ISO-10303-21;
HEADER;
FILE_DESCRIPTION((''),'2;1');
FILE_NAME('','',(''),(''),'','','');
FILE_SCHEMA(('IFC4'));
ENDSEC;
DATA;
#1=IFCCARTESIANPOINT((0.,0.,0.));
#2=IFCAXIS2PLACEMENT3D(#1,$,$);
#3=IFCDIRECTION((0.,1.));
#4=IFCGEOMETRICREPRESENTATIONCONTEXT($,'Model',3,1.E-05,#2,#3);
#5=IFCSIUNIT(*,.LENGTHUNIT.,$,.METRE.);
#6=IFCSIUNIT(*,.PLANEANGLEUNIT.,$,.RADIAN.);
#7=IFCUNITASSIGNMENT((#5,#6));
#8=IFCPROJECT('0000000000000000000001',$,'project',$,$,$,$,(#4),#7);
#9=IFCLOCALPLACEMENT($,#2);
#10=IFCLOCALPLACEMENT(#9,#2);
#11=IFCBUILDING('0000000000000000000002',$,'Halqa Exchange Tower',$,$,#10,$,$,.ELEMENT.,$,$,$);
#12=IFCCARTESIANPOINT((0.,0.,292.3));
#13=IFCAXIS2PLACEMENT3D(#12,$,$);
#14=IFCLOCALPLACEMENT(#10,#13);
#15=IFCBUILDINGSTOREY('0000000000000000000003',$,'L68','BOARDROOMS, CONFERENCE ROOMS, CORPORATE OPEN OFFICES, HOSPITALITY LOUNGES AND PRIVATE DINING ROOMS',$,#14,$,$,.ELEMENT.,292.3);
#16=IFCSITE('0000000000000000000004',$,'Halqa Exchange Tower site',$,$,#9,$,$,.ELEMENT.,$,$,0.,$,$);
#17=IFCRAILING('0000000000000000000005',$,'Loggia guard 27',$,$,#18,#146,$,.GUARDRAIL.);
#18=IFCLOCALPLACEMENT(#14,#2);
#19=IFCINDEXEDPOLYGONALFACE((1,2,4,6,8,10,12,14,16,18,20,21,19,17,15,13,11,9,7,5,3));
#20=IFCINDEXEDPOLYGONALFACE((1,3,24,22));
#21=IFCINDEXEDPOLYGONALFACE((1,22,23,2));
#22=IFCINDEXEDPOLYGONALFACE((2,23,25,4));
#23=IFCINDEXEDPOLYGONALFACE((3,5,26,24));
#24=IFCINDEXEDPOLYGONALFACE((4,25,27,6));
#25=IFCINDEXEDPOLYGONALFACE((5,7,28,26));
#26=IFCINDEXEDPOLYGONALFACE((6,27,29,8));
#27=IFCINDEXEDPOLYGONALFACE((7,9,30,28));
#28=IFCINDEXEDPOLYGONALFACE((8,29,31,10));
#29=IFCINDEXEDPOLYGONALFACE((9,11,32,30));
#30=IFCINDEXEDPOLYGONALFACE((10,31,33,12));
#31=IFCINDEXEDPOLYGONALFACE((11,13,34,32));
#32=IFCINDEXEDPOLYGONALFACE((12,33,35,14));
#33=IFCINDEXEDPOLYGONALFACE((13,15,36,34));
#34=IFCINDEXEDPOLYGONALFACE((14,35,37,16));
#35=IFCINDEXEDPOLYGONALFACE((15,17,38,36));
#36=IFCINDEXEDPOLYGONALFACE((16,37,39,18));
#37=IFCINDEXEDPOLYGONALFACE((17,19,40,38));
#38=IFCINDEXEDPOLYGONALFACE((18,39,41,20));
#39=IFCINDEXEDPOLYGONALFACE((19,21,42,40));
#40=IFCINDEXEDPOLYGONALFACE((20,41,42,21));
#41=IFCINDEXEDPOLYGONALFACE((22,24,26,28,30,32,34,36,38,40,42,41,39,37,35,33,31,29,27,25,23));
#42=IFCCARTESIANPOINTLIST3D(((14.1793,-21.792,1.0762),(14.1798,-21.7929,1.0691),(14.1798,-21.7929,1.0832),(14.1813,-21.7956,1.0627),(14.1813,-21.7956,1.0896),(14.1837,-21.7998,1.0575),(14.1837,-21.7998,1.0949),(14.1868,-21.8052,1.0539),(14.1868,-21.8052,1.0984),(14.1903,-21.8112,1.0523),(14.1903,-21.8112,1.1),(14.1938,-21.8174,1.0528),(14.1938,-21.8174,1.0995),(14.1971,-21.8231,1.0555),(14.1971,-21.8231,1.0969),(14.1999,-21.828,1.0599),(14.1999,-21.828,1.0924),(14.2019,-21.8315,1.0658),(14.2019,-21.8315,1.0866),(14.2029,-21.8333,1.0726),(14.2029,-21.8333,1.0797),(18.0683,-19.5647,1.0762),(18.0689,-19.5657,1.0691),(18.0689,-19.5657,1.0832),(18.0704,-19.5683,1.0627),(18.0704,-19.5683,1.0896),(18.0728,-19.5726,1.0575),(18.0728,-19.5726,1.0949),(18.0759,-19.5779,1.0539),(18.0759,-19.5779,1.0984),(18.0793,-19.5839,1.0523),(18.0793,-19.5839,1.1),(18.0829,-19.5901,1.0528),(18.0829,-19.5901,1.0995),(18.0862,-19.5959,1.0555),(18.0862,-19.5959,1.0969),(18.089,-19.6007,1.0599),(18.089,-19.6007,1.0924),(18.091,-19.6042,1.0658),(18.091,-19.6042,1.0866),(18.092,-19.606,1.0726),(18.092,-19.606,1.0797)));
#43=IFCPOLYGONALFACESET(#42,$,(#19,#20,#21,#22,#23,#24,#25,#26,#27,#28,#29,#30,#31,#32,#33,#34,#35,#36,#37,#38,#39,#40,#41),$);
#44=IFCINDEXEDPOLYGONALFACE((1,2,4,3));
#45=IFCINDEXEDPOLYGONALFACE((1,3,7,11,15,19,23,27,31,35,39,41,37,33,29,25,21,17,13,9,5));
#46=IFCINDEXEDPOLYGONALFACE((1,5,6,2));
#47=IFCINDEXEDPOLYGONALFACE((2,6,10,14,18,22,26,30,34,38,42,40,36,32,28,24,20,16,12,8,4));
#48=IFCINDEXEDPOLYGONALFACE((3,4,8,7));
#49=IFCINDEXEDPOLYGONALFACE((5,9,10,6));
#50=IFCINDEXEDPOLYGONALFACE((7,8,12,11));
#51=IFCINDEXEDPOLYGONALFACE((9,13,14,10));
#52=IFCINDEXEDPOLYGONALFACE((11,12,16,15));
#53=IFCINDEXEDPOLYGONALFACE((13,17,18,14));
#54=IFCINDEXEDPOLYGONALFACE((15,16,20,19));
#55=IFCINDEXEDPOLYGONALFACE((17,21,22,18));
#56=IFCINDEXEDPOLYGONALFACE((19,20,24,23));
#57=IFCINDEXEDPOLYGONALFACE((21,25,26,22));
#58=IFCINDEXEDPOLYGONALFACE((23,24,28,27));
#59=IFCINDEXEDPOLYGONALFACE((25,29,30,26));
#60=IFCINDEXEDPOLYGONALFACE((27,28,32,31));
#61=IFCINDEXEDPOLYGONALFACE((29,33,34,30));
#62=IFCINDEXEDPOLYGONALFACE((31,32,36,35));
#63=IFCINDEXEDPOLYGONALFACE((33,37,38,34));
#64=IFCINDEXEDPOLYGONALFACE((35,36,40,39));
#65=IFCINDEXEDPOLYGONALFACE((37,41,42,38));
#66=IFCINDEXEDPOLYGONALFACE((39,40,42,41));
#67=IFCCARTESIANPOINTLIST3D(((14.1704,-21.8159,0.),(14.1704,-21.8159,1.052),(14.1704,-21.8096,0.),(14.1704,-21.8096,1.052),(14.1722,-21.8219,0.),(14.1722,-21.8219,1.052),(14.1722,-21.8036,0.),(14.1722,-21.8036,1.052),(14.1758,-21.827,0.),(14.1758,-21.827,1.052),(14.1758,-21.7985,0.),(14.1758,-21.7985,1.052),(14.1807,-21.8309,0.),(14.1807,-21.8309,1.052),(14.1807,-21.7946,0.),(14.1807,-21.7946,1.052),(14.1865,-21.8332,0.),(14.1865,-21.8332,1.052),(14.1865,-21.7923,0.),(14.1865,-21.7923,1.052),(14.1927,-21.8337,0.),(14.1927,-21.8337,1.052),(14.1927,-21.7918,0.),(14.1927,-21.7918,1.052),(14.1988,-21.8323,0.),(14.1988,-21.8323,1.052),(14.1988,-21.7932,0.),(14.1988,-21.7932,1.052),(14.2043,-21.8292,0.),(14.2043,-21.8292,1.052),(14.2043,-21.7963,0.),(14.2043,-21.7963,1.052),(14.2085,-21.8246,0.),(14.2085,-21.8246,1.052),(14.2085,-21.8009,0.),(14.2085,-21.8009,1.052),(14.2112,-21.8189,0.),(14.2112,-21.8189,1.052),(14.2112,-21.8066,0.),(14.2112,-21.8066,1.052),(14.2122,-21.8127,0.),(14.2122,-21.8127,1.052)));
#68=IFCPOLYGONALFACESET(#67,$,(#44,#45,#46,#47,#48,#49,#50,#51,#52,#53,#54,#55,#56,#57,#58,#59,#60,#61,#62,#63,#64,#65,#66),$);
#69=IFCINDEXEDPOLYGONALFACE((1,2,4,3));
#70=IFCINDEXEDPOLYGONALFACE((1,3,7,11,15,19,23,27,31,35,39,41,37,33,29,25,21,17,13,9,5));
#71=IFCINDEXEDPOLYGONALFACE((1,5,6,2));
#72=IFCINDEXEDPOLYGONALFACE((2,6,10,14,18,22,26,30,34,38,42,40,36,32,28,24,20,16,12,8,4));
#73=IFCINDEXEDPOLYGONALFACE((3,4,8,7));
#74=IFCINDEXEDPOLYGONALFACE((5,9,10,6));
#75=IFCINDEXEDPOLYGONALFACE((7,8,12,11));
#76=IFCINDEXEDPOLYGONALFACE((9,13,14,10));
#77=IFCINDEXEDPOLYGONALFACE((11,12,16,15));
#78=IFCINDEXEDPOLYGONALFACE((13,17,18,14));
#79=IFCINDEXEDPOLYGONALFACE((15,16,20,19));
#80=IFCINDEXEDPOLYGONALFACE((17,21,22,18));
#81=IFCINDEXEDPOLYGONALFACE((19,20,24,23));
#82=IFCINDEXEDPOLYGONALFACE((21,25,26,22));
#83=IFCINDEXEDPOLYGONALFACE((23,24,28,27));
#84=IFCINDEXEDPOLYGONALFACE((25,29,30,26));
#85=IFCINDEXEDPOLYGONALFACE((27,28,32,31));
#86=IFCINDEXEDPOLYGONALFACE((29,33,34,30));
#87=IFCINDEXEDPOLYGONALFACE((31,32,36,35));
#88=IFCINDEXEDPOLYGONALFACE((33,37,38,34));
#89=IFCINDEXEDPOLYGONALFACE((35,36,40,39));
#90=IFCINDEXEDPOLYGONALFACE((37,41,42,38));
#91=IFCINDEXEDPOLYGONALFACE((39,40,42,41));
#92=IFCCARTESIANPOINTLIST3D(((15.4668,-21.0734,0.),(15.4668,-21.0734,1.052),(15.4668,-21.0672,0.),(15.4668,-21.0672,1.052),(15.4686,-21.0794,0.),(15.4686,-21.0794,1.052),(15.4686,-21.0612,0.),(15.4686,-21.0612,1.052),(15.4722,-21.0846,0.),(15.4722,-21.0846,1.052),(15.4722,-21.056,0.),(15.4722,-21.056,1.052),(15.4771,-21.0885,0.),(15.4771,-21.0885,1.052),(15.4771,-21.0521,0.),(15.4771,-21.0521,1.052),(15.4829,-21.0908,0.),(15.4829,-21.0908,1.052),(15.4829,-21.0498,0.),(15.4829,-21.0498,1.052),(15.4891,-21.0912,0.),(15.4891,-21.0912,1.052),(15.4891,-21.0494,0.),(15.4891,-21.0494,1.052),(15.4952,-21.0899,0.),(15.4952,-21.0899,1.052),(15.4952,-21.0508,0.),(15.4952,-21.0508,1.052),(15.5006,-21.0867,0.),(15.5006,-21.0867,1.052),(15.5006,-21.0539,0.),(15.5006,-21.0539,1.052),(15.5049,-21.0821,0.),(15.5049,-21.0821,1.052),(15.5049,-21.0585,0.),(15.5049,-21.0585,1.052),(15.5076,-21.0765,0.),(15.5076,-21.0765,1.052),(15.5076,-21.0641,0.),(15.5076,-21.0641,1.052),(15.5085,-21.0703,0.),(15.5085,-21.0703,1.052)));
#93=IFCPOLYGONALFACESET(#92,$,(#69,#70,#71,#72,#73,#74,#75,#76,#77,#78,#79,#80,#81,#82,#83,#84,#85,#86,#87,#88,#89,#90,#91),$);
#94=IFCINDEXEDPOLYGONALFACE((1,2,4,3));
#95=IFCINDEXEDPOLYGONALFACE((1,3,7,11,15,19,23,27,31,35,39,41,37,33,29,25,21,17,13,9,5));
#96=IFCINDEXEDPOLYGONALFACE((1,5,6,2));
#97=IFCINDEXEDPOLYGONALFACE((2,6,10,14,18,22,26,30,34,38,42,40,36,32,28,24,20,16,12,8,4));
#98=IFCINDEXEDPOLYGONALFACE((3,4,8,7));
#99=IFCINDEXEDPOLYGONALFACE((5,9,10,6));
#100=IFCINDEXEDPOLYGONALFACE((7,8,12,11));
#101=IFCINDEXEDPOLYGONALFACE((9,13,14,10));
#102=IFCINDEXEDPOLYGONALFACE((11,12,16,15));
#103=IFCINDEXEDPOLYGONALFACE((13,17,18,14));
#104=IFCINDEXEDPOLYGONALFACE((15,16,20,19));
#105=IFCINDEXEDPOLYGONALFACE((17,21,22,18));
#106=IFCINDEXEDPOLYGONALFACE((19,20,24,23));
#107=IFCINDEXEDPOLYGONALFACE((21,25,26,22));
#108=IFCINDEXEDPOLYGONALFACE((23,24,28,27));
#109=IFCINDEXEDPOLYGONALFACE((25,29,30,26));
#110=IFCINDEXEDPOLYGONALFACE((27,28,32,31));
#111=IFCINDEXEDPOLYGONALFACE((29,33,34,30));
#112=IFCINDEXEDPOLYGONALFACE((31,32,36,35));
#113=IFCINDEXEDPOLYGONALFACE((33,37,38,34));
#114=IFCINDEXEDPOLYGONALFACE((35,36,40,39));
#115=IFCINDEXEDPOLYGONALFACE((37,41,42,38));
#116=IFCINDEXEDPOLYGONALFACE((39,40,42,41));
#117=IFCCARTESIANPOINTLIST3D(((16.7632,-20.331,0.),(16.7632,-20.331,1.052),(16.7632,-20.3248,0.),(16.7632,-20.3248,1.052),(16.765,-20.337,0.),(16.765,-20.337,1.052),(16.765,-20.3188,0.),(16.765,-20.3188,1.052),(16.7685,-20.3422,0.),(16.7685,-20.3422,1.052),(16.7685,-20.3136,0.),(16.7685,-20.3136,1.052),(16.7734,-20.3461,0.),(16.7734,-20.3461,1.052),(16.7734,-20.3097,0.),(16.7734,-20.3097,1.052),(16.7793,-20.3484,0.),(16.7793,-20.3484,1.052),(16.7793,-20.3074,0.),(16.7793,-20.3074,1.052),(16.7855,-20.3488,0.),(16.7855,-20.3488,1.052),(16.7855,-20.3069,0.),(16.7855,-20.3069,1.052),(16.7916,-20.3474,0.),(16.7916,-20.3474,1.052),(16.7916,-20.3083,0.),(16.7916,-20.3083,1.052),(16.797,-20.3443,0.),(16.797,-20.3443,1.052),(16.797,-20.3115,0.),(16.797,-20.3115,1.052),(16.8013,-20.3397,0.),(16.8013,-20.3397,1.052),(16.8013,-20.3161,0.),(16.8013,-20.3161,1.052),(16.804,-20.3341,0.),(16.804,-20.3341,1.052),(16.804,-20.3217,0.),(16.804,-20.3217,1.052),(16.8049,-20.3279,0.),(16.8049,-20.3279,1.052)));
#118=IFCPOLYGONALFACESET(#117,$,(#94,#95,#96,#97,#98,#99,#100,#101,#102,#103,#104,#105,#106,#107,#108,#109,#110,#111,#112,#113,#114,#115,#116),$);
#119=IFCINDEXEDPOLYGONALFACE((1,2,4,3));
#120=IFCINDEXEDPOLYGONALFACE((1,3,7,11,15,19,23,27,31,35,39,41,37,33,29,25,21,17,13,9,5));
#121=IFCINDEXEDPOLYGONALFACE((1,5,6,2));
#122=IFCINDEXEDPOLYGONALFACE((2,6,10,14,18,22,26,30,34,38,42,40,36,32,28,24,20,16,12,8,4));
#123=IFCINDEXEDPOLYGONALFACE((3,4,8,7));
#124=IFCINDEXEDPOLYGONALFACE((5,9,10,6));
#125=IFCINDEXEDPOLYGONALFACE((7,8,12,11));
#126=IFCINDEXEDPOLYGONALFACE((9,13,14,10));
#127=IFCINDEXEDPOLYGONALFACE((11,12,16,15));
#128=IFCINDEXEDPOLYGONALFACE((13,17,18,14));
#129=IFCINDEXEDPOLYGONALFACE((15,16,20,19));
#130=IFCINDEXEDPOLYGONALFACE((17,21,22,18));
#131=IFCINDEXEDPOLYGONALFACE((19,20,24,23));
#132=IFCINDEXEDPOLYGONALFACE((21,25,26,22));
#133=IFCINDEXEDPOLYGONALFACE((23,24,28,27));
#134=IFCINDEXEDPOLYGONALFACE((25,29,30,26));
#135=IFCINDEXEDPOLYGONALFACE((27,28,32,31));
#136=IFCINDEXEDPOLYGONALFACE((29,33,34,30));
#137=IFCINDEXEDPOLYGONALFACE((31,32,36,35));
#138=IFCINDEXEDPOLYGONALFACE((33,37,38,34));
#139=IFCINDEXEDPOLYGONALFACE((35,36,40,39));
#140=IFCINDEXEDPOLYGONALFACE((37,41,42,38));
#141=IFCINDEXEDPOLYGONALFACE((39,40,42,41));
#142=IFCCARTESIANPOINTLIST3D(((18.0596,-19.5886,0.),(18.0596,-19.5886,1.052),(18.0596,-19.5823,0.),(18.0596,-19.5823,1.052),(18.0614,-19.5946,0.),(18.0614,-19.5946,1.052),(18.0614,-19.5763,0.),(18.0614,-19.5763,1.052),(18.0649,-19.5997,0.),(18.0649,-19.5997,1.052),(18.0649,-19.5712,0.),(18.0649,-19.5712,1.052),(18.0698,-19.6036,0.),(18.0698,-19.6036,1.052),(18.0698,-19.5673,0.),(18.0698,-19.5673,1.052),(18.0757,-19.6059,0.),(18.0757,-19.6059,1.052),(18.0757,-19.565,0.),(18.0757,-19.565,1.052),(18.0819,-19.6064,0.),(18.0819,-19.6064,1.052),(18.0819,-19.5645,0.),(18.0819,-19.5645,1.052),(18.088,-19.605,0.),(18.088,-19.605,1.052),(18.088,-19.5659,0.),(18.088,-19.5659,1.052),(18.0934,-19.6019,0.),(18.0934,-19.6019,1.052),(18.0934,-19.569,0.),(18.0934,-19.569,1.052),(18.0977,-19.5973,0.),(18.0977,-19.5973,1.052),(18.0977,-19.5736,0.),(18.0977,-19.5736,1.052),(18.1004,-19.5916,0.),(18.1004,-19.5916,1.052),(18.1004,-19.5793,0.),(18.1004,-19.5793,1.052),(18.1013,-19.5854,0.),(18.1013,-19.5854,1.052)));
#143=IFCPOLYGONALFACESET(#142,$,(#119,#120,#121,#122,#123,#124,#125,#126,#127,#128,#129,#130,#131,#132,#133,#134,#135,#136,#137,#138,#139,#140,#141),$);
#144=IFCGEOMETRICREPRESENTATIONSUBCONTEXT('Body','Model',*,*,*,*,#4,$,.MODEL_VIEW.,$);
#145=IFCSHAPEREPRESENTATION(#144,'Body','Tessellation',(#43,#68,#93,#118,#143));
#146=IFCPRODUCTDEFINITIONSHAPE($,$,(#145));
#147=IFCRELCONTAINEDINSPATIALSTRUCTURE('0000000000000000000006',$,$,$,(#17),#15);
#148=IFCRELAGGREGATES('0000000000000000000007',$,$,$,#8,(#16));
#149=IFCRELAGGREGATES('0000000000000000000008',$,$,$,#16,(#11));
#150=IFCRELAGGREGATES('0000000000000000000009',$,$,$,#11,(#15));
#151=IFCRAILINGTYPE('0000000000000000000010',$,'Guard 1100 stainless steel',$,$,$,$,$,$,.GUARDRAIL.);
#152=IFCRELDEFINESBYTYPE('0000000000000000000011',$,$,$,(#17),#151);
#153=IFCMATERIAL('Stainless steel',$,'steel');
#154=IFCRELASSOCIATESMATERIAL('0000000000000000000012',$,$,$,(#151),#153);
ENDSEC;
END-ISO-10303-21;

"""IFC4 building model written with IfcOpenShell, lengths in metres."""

from ifc_helpers import new_model, si_unit, direction, frame, origin, origin_2d, place, context, subcontext, project, spatial, circle, extrude, material, type_object, element, save


model = new_model("IFC4")

# Units and contexts
model_context = context("Model", 3, precision=1e-05, world=origin(), true_north=direction((0.0, 1.0)))
body_context = subcontext(model_context, "Body", "Model", "MODEL_VIEW")
ifc_project = project(units=[si_unit("LENGTHUNIT", "METRE"), si_unit("PLANEANGLEUNIT", "RADIAN")], contexts=[model_context])

# Site, building, storey
site_placement = place(None, origin())
site = spatial("IfcSite", under=ifc_project, at=site_placement, Name="Halqa Exchange Tower site", CompositionType="ELEMENT", RefElevation=0.0)
building_placement = place(site_placement, origin())
building = spatial("IfcBuilding", under=site, at=building_placement, Name="Halqa Exchange Tower", CompositionType="ELEMENT")
storey_placement = place(building_placement, frame((0.0, 0.0, 292.3)))
storey = spatial("IfcBuildingStorey", under=building, at=storey_placement, Name="L68", Description="BOARDROOMS, CONFERENCE ROOMS, CORPORATE OPEN OFFICES, HOSPITALITY LOUNGES AND PRIVATE DINING ROOMS", CompositionType="ELEMENT", Elevation=292.3)

# Railing
ifc_material_1 = material(Name="Stainless steel", Category="steel")
railing_type = type_object("IfcRailingType", Name="Guard 1100 stainless steel", PredefinedType="GUARDRAIL", material=ifc_material_1)
railing_1_placement = place(storey_placement, frame((14.1912, -21.8127, 0.0)))
element("IfcRailing", 1, at=railing_1_placement, inside=storey, type_object=railing_type, Name="Loggia guard 27", PredefinedType="GUARDRAIL", context=body_context, shape_type="SweptSolid", body=[
    extrude(circle(Radius=0.0239, at=origin_2d()), frame((0.0, 0.0, 1.0762), z_axis=(0.86777, 0.496966, 0.0), x_axis=(-0.496966, 0.86777, 0.0)), (0.0, 0.0, 1.0), 4.4817),
    extrude(circle(Radius=0.021, at=origin_2d()), origin(), (0.0, 0.0, 1.0), 1.052),
    extrude(circle(Radius=0.021, at=origin_2d()), frame((1.2964, 0.7424, 0.0)), (0.0, 0.0, 1.0), 1.052),
    extrude(circle(Radius=0.021, at=origin_2d()), frame((2.5928, 1.4849, 0.0)), (0.0, 0.0, 1.0), 1.052),
    extrude(circle(Radius=0.021, at=origin_2d()), frame((3.8892, 2.2273, 0.0)), (0.0, 0.0, 1.0), 1.052),
])

save(model, "model.ifc")
